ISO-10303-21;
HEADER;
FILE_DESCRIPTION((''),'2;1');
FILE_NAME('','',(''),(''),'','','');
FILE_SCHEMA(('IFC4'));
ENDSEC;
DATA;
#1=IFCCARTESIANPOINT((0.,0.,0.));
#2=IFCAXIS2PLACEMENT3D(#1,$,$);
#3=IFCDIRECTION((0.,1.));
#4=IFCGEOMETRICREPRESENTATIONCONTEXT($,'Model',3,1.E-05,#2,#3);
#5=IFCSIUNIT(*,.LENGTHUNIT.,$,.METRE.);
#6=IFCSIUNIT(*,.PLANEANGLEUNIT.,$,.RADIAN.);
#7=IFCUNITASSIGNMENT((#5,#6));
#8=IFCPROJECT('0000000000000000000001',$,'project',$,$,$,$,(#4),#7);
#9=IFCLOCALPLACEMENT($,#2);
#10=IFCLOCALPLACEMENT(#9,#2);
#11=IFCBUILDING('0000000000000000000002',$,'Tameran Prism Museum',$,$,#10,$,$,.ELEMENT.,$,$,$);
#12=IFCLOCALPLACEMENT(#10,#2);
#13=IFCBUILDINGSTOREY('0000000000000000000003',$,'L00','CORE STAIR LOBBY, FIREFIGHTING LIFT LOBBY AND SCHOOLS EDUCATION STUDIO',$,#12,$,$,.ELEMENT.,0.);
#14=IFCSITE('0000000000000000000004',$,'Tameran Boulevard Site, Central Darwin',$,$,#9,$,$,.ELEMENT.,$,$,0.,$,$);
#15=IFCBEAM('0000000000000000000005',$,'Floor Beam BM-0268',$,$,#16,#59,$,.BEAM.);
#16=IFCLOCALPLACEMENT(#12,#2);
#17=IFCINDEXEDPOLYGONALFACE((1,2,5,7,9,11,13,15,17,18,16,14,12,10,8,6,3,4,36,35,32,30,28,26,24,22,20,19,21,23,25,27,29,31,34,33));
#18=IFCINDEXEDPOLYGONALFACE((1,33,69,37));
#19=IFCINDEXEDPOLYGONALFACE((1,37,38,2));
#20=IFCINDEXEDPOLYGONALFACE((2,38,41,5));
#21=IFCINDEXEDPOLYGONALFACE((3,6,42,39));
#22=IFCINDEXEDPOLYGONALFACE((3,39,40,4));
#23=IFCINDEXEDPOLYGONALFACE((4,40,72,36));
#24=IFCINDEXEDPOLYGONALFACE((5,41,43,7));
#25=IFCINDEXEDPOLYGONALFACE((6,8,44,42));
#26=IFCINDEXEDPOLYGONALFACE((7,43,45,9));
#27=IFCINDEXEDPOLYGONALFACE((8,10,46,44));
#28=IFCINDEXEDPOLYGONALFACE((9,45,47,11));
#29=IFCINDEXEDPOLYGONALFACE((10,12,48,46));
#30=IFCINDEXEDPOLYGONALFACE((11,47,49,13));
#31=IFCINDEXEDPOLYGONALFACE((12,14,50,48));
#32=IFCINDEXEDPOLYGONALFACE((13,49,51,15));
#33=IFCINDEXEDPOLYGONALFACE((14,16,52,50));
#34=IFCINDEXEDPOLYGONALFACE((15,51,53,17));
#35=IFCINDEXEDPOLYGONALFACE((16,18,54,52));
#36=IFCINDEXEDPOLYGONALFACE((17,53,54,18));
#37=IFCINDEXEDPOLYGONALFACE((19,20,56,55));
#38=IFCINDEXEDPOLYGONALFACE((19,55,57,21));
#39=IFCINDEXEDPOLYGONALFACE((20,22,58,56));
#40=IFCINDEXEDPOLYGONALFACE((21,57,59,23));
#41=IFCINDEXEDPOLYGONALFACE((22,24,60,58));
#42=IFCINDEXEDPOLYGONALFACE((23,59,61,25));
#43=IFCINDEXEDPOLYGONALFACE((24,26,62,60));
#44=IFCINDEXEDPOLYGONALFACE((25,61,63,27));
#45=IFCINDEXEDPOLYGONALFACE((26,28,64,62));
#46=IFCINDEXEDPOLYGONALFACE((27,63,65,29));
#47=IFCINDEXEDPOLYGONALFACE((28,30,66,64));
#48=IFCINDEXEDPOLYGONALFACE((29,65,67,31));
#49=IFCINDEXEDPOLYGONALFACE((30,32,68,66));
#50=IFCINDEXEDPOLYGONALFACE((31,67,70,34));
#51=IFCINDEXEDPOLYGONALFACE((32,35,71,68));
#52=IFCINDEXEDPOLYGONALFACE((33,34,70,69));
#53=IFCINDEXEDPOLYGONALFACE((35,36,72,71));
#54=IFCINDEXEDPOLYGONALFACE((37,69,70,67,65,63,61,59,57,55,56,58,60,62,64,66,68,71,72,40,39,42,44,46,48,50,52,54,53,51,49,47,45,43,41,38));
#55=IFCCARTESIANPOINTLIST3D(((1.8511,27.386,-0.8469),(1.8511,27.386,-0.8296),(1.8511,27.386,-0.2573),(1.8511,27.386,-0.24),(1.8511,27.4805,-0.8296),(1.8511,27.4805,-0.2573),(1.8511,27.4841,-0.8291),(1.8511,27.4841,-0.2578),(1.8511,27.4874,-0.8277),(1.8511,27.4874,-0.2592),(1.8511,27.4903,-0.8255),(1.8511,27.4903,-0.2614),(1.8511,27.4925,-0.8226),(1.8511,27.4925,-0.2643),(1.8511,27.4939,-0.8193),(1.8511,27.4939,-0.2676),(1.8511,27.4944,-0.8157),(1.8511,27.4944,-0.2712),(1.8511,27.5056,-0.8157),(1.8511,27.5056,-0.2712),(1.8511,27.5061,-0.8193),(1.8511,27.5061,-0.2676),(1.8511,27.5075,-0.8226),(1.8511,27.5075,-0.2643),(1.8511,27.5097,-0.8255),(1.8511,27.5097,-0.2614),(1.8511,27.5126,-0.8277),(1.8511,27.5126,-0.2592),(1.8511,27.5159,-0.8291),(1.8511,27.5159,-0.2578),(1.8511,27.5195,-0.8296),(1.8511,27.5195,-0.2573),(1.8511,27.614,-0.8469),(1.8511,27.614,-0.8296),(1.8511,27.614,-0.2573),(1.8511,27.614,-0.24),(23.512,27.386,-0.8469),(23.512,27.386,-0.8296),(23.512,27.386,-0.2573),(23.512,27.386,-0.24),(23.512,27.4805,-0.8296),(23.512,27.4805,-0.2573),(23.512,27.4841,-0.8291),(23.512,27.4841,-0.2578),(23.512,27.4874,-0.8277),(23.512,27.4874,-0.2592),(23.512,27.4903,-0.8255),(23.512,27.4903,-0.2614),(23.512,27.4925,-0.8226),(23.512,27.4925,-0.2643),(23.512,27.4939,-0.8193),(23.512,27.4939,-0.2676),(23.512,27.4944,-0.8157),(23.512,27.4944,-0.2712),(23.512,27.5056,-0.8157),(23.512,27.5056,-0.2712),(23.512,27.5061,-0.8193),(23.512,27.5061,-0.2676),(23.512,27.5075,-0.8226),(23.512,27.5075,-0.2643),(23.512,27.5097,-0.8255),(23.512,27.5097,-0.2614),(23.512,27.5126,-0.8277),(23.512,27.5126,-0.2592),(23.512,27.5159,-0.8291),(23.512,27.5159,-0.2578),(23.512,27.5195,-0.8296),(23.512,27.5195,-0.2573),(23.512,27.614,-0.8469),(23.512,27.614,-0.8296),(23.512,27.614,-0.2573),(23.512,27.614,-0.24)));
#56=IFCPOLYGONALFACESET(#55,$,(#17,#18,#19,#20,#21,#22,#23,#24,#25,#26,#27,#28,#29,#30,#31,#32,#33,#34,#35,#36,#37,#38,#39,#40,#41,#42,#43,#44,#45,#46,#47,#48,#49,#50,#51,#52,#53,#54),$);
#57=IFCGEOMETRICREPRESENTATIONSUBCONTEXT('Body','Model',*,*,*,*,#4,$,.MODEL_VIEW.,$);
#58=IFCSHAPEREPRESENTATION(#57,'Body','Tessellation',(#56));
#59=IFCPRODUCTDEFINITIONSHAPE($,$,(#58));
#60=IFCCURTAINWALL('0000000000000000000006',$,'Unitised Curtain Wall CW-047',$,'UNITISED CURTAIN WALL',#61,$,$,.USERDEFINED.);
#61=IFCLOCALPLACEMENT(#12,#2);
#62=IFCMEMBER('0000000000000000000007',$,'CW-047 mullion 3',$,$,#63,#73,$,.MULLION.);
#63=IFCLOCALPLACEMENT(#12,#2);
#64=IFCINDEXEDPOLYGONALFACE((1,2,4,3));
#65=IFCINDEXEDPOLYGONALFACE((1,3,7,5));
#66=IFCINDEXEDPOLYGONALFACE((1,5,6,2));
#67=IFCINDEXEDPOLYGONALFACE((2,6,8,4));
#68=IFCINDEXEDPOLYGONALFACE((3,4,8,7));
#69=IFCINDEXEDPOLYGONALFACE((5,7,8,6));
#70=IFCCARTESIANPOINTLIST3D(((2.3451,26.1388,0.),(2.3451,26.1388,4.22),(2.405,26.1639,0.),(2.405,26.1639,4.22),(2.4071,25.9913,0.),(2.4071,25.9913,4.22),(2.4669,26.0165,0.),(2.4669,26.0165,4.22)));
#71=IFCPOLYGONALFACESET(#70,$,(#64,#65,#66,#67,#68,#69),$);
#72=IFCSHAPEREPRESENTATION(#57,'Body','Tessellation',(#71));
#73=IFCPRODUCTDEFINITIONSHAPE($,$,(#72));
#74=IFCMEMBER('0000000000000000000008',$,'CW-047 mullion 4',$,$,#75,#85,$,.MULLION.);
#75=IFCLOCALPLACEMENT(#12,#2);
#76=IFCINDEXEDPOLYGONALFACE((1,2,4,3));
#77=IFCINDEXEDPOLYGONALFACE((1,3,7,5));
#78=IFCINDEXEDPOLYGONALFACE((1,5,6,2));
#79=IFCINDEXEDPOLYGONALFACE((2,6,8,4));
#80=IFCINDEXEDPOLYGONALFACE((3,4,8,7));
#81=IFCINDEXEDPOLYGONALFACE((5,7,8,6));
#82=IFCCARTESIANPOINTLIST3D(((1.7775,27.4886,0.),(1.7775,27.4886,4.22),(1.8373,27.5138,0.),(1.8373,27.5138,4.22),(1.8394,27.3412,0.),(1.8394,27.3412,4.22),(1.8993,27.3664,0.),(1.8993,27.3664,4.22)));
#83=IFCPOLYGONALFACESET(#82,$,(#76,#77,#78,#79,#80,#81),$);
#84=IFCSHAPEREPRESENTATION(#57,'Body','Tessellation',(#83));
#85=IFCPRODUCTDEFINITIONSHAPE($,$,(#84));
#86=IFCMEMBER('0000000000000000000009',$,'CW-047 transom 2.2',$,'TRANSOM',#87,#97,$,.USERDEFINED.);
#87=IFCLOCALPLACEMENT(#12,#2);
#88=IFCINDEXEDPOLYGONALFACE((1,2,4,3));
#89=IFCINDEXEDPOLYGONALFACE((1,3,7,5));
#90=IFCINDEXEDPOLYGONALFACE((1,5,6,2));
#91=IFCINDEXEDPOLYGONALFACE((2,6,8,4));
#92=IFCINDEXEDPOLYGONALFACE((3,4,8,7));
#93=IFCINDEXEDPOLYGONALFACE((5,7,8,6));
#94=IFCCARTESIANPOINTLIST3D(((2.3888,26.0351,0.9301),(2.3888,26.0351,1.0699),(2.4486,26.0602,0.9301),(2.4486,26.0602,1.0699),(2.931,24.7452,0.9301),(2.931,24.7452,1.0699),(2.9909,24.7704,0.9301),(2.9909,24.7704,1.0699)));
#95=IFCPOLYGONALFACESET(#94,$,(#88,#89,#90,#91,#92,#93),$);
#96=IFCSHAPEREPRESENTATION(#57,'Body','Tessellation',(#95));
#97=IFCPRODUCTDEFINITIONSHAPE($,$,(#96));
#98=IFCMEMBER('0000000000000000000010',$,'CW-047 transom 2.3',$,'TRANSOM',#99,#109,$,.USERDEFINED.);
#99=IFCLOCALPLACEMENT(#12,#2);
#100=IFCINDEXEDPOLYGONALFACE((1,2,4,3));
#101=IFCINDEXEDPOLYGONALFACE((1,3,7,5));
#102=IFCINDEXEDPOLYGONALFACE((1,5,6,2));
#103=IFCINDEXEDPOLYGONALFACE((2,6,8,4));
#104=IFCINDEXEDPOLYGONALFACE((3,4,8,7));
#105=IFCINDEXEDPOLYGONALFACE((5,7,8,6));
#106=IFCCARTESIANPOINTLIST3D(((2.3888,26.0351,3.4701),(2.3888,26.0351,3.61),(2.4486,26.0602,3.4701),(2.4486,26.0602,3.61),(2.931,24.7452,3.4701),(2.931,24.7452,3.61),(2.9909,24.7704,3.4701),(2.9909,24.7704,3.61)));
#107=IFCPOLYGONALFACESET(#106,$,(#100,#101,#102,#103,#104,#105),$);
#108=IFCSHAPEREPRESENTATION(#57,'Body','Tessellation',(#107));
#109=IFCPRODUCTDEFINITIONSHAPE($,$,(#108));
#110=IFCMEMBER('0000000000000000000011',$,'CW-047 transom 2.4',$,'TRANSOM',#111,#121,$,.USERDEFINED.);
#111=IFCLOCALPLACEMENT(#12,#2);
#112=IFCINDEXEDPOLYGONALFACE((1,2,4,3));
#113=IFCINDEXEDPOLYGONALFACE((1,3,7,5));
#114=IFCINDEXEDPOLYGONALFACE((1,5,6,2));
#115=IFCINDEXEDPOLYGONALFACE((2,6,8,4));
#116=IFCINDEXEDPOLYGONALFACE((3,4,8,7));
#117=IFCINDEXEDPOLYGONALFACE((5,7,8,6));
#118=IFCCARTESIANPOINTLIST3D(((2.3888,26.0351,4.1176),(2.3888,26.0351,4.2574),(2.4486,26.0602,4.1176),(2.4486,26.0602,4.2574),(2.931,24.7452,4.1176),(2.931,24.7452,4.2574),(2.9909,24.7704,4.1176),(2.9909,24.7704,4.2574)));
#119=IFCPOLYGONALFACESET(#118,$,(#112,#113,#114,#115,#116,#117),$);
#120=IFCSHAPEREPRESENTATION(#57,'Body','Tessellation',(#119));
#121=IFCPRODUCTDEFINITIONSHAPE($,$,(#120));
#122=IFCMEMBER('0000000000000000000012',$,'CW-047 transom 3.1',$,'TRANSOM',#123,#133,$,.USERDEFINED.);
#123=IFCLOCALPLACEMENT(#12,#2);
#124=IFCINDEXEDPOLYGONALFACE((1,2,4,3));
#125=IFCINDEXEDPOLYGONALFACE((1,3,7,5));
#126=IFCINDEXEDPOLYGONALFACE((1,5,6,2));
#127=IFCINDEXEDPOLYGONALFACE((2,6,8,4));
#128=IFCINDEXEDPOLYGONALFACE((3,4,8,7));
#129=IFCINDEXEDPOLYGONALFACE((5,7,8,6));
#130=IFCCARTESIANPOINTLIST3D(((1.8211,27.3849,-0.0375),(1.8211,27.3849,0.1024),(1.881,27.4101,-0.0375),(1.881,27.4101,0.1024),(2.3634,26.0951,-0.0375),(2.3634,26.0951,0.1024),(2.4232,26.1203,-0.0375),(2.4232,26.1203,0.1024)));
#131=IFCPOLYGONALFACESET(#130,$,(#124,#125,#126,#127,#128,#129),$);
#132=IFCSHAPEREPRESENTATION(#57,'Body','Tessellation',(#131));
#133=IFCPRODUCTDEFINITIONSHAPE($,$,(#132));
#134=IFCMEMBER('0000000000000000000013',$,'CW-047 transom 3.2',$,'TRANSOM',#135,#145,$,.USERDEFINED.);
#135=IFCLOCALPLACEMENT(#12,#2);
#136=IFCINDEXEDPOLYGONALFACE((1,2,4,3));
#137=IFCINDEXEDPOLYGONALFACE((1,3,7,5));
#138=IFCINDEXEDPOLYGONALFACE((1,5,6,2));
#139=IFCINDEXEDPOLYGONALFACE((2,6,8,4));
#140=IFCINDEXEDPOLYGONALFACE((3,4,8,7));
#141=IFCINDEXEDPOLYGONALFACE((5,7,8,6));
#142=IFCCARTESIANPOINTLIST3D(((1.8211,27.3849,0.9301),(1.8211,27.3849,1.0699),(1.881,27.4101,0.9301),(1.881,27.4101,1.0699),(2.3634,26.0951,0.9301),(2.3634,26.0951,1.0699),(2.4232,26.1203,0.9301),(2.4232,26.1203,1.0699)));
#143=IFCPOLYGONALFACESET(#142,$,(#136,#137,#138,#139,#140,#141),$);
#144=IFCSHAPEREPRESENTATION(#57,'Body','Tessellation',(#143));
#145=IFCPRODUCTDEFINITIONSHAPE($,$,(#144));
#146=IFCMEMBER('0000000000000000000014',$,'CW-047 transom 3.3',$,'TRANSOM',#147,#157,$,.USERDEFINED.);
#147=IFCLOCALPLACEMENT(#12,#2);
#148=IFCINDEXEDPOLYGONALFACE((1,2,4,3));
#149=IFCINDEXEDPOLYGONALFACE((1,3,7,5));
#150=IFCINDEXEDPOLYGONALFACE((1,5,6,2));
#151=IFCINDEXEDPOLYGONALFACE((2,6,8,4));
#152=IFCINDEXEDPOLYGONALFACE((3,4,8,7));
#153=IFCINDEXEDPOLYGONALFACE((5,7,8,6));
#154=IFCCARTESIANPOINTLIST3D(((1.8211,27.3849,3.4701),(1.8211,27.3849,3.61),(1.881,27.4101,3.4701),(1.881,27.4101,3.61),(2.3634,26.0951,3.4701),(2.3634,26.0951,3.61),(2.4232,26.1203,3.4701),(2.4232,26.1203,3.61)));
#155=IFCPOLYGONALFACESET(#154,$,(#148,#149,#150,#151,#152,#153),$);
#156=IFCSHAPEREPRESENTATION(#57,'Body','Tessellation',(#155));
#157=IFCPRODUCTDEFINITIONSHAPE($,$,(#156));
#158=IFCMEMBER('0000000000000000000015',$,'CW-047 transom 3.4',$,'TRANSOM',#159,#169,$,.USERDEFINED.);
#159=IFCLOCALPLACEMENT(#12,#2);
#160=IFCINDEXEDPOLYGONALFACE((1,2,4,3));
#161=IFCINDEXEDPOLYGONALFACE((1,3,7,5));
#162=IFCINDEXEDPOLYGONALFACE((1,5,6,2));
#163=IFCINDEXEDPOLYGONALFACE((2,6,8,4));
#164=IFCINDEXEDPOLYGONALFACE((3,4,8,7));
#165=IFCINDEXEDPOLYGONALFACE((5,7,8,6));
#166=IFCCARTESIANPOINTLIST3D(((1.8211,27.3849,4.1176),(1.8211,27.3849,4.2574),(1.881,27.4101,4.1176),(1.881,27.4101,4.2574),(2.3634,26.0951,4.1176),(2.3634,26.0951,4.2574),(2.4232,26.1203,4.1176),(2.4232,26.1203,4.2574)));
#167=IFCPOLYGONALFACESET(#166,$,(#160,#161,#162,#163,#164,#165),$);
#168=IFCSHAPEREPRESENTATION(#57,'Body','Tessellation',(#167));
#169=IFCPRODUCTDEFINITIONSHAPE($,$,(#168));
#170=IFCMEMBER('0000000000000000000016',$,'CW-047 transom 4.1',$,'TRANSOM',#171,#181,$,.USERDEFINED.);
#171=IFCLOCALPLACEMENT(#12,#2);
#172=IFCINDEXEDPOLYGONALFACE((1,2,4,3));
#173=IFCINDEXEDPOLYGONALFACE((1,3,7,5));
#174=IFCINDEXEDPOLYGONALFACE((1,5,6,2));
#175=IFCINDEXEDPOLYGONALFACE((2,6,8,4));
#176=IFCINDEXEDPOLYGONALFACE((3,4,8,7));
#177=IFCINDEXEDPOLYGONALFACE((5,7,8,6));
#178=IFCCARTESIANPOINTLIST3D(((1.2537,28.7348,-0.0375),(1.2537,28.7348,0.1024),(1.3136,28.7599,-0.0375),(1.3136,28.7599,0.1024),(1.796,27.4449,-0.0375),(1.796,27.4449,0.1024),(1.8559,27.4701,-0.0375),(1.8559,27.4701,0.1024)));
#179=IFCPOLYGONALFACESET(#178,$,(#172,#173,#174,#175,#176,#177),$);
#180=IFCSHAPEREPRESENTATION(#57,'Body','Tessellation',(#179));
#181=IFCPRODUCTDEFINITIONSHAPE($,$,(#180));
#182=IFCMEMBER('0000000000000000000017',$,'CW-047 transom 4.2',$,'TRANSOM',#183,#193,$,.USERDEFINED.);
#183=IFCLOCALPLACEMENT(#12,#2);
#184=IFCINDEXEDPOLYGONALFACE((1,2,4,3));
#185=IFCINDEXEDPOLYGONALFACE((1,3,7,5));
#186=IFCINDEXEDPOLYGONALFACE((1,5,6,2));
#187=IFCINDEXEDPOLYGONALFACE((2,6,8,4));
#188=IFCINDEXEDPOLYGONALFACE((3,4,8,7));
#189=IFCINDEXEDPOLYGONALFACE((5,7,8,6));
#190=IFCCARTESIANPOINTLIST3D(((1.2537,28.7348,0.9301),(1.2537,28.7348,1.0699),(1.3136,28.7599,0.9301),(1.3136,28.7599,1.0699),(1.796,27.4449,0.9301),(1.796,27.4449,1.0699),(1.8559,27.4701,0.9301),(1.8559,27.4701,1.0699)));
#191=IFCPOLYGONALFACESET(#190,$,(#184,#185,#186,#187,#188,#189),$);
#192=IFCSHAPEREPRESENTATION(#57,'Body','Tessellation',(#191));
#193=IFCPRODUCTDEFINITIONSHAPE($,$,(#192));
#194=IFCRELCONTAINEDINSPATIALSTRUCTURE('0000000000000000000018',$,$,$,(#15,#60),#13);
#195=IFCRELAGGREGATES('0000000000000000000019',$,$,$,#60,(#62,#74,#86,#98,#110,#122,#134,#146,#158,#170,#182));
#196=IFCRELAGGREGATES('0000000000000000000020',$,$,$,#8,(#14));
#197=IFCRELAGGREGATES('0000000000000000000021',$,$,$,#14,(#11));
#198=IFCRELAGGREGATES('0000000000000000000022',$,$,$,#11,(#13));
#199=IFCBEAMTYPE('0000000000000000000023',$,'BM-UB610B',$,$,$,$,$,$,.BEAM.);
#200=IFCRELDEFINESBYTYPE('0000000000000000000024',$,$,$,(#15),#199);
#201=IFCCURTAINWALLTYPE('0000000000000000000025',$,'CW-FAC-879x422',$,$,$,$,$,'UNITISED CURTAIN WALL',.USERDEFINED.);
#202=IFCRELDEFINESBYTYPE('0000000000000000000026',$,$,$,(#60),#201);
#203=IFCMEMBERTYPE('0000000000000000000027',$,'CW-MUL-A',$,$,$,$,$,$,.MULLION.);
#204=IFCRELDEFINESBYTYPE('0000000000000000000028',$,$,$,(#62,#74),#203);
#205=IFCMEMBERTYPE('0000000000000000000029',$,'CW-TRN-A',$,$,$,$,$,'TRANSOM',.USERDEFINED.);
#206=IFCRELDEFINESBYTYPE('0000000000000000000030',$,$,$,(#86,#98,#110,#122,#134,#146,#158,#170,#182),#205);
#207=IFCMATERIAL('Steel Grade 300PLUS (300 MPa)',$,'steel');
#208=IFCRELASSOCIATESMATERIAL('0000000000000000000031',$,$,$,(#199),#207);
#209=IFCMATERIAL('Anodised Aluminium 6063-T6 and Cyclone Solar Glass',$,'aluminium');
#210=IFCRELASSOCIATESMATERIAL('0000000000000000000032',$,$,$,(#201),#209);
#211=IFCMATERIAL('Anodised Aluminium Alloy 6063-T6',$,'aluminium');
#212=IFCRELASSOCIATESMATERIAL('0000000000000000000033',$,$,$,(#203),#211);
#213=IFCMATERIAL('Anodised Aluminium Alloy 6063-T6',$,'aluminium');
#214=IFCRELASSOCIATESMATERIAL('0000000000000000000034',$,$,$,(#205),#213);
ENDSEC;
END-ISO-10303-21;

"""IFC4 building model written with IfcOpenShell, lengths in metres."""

from ifc_helpers import new_model, si_unit, direction, frame, origin, origin_2d, place, context, subcontext, project, spatial, rectangle, i_section, extrude, material, material_profile, profile_set, type_object, element, aggregate, save


model = new_model("IFC4")

# Units and contexts
model_context = context("Model", 3, precision=1e-05, world=origin(), true_north=direction((0.0, 1.0)))
body_context = subcontext(model_context, "Body", "Model", "MODEL_VIEW")
ifc_project = project(units=[si_unit("LENGTHUNIT", "METRE"), si_unit("PLANEANGLEUNIT", "RADIAN")], contexts=[model_context])

# Site, building, storey
site_placement = place(None, origin())
site = spatial("IfcSite", under=ifc_project, at=site_placement, Name="Tameran Boulevard Site, Central Darwin", CompositionType="ELEMENT", RefElevation=0.0)
building_placement = place(site_placement, origin())
building = spatial("IfcBuilding", under=site, at=building_placement, Name="Tameran Prism Museum", CompositionType="ELEMENT")
storey_placement = place(building_placement, origin())
storey = spatial("IfcBuildingStorey", under=building, at=storey_placement, Name="L00", Description="CORE STAIR LOBBY, FIREFIGHTING LIFT LOBBY AND SCHOOLS EDUCATION STUDIO", CompositionType="ELEMENT", Elevation=0.0)

# Beam
ifc_material_1 = material(Name="Steel Grade 300PLUS (300 MPa)", Category="steel")
ifc_material_profile_1 = material_profile(ifc_material_1, i_section(OverallWidth=0.228, OverallDepth=0.6069, WebThickness=0.0112, FlangeThickness=0.0173, FilletRadius=0.0139, at=origin_2d()))
ifc_profile_set_1 = profile_set([ifc_material_profile_1])
beam_type_1 = type_object("IfcBeamType", Name="BM-UB610B", PredefinedType="BEAM", material=ifc_profile_set_1)
beam_1_placement = place(storey_placement, frame((1.8511, 27.5, -0.5435), z_axis=(1.0, 0.0, 0.0), x_axis=(0.0, 1.0, 0.0)))
element("IfcBeam", 1, at=beam_1_placement, inside=storey, type_object=beam_type_1, Name="Floor Beam BM-0268", PredefinedType="BEAM", context=body_context, shape_type="SweptSolid", body=[
    extrude(i_section(OverallWidth=0.228, OverallDepth=0.6069, WebThickness=0.0112, FlangeThickness=0.0173, FilletRadius=0.0139, at=origin_2d()), origin(), (0.0, 0.0, 1.0), 21.6609),
])

# Curtain wall, members
ifc_material_2 = material(Name="Anodised Aluminium 6063-T6 and Cyclone Solar Glass", Category="aluminium")
curtain_wall_type = type_object("IfcCurtainWallType", Name="CW-FAC-879x422", ElementType="UNITISED CURTAIN WALL", PredefinedType="USERDEFINED", material=ifc_material_2)
curtain_wall_placement = place(storey_placement, origin())
curtain_wall = element("IfcCurtainWall", 2, at=curtain_wall_placement, inside=storey, type_object=curtain_wall_type, Name="Unitised Curtain Wall CW-047", ObjectType="UNITISED CURTAIN WALL", PredefinedType="USERDEFINED")
ifc_material_3 = material(Name="Anodised Aluminium Alloy 6063-T6", Category="aluminium")
ifc_material_profile_2 = material_profile(ifc_material_3, rectangle(XDim=0.0649, YDim=0.1599, at=origin_2d()))
ifc_profile_set_2 = profile_set([ifc_material_profile_2])
member_type_1 = type_object("IfcMemberType", Name="CW-MUL-A", PredefinedType="MULLION", material=ifc_profile_set_2)
member_1_placement = place(storey_placement, frame((2.406, 26.0776, 0.0), z_axis=(0.0, 0.0, 1.0), x_axis=(-0.921843, -0.387563, 0.0)))
member_1 = element("IfcMember", 3, at=member_1_placement, type_object=member_type_1, Name="CW-047 mullion 3", PredefinedType="MULLION", context=body_context, shape_type="SweptSolid", body=[
    extrude(rectangle(XDim=0.0649, YDim=0.1599, at=origin_2d()), origin(), (0.0, 0.0, 1.0), 4.22),
])
member_2_placement = place(storey_placement, frame((1.8384, 27.4275, 0.0), z_axis=(0.0, 0.0, 1.0), x_axis=(-0.921843, -0.387563, 0.0)))
member_2 = element("IfcMember", 4, at=member_2_placement, type_object=member_type_1, Name="CW-047 mullion 4", PredefinedType="MULLION", context=body_context, shape_type="SweptSolid", body=[
    extrude(rectangle(XDim=0.0649, YDim=0.1599, at=origin_2d()), origin(), (0.0, 0.0, 1.0), 4.22),
])
ifc_material_4 = material(Name="Anodised Aluminium Alloy 6063-T6", Category="aluminium")
ifc_material_profile_3 = material_profile(ifc_material_4, rectangle(XDim=0.0649, YDim=0.1399, at=origin_2d()))
ifc_profile_set_3 = profile_set([ifc_material_profile_3])
member_type_2 = type_object("IfcMemberType", Name="CW-TRN-A", ElementType="TRANSOM", PredefinedType="USERDEFINED", material=ifc_profile_set_3)
member_3_placement = place(storey_placement, frame((2.9609, 24.7578, 1.0), z_axis=(-0.38755, 0.921849, 0.0), x_axis=(-0.921849, -0.38755, 0.0)))
member_3 = element("IfcMember", 5, at=member_3_placement, type_object=member_type_2, Name="CW-047 transom 2.2", ObjectType="TRANSOM", PredefinedType="USERDEFINED", context=body_context, shape_type="SweptSolid", body=[
    extrude(rectangle(XDim=0.0649, YDim=0.1399, at=origin_2d()), origin(), (0.0, 0.0, 1.0), 1.3992),
])
member_4_placement = place(storey_placement, frame((2.9609, 24.7578, 3.54), z_axis=(-0.38755, 0.921849, 0.0), x_axis=(-0.921849, -0.38755, 0.0)))
member_4 = element("IfcMember", 6, at=member_4_placement, type_object=member_type_2, Name="CW-047 transom 2.3", ObjectType="TRANSOM", PredefinedType="USERDEFINED", context=body_context, shape_type="SweptSolid", body=[
    extrude(rectangle(XDim=0.0649, YDim=0.1399, at=origin_2d()), origin(), (0.0, 0.0, 1.0), 1.3992),
])
member_5_placement = place(storey_placement, frame((2.9609, 24.7578, 4.1875), z_axis=(-0.38755, 0.921849, 0.0), x_axis=(-0.921849, -0.38755, 0.0)))
member_5 = element("IfcMember", 7, at=member_5_placement, type_object=member_type_2, Name="CW-047 transom 2.4", ObjectType="TRANSOM", PredefinedType="USERDEFINED", context=body_context, shape_type="SweptSolid", body=[
    extrude(rectangle(XDim=0.0649, YDim=0.1399, at=origin_2d()), origin(), (0.0, 0.0, 1.0), 1.3992),
])
member_6_placement = place(storey_placement, frame((2.3933, 26.1077, 0.0325), z_axis=(-0.38755, 0.921849, 0.0), x_axis=(-0.921849, -0.38755, 0.0)))
member_6 = element("IfcMember", 8, at=member_6_placement, type_object=member_type_2, Name="CW-047 transom 3.1", ObjectType="TRANSOM", PredefinedType="USERDEFINED", context=body_context, shape_type="SweptSolid", body=[
    extrude(rectangle(XDim=0.0649, YDim=0.1399, at=origin_2d()), origin(), (0.0, 0.0, 1.0), 1.3992),
])
member_7_placement = place(storey_placement, frame((2.3933, 26.1077, 1.0), z_axis=(-0.38755, 0.921849, 0.0), x_axis=(-0.921849, -0.38755, 0.0)))
member_7 = element("IfcMember", 9, at=member_7_placement, type_object=member_type_2, Name="CW-047 transom 3.2", ObjectType="TRANSOM", PredefinedType="USERDEFINED", context=body_context, shape_type="SweptSolid", body=[
    extrude(rectangle(XDim=0.0649, YDim=0.1399, at=origin_2d()), origin(), (0.0, 0.0, 1.0), 1.3992),
])
member_8_placement = place(storey_placement, frame((2.3933, 26.1077, 3.54), z_axis=(-0.38755, 0.921849, 0.0), x_axis=(-0.921849, -0.38755, 0.0)))
member_8 = element("IfcMember", 10, at=member_8_placement, type_object=member_type_2, Name="CW-047 transom 3.3", ObjectType="TRANSOM", PredefinedType="USERDEFINED", context=body_context, shape_type="SweptSolid", body=[
    extrude(rectangle(XDim=0.0649, YDim=0.1399, at=origin_2d()), origin(), (0.0, 0.0, 1.0), 1.3992),
])
member_9_placement = place(storey_placement, frame((2.3933, 26.1077, 4.1875), z_axis=(-0.38755, 0.921849, 0.0), x_axis=(-0.921849, -0.38755, 0.0)))
member_9 = element("IfcMember", 11, at=member_9_placement, type_object=member_type_2, Name="CW-047 transom 3.4", ObjectType="TRANSOM", PredefinedType="USERDEFINED", context=body_context, shape_type="SweptSolid", body=[
    extrude(rectangle(XDim=0.0649, YDim=0.1399, at=origin_2d()), origin(), (0.0, 0.0, 1.0), 1.3992),
])
member_10_placement = place(storey_placement, frame((1.8259, 27.4575, 0.0325), z_axis=(-0.38755, 0.921849, 0.0), x_axis=(-0.921849, -0.38755, 0.0)))
member_10 = element("IfcMember", 12, at=member_10_placement, type_object=member_type_2, Name="CW-047 transom 4.1", ObjectType="TRANSOM", PredefinedType="USERDEFINED", context=body_context, shape_type="SweptSolid", body=[
    extrude(rectangle(XDim=0.0649, YDim=0.1399, at=origin_2d()), origin(), (0.0, 0.0, 1.0), 1.3992),
])
member_11_placement = place(storey_placement, frame((1.8259, 27.4575, 1.0), z_axis=(-0.38755, 0.921849, 0.0), x_axis=(-0.921849, -0.38755, 0.0)))
member_11 = element("IfcMember", 13, at=member_11_placement, type_object=member_type_2, Name="CW-047 transom 4.2", ObjectType="TRANSOM", PredefinedType="USERDEFINED", context=body_context, shape_type="SweptSolid", body=[
    extrude(rectangle(XDim=0.0649, YDim=0.1399, at=origin_2d()), origin(), (0.0, 0.0, 1.0), 1.3992),
])
aggregate(curtain_wall, [member_1, member_2, member_3, member_4, member_5, member_6, member_7, member_8, member_9, member_10, member_11])

save(model, "model.ifc")
